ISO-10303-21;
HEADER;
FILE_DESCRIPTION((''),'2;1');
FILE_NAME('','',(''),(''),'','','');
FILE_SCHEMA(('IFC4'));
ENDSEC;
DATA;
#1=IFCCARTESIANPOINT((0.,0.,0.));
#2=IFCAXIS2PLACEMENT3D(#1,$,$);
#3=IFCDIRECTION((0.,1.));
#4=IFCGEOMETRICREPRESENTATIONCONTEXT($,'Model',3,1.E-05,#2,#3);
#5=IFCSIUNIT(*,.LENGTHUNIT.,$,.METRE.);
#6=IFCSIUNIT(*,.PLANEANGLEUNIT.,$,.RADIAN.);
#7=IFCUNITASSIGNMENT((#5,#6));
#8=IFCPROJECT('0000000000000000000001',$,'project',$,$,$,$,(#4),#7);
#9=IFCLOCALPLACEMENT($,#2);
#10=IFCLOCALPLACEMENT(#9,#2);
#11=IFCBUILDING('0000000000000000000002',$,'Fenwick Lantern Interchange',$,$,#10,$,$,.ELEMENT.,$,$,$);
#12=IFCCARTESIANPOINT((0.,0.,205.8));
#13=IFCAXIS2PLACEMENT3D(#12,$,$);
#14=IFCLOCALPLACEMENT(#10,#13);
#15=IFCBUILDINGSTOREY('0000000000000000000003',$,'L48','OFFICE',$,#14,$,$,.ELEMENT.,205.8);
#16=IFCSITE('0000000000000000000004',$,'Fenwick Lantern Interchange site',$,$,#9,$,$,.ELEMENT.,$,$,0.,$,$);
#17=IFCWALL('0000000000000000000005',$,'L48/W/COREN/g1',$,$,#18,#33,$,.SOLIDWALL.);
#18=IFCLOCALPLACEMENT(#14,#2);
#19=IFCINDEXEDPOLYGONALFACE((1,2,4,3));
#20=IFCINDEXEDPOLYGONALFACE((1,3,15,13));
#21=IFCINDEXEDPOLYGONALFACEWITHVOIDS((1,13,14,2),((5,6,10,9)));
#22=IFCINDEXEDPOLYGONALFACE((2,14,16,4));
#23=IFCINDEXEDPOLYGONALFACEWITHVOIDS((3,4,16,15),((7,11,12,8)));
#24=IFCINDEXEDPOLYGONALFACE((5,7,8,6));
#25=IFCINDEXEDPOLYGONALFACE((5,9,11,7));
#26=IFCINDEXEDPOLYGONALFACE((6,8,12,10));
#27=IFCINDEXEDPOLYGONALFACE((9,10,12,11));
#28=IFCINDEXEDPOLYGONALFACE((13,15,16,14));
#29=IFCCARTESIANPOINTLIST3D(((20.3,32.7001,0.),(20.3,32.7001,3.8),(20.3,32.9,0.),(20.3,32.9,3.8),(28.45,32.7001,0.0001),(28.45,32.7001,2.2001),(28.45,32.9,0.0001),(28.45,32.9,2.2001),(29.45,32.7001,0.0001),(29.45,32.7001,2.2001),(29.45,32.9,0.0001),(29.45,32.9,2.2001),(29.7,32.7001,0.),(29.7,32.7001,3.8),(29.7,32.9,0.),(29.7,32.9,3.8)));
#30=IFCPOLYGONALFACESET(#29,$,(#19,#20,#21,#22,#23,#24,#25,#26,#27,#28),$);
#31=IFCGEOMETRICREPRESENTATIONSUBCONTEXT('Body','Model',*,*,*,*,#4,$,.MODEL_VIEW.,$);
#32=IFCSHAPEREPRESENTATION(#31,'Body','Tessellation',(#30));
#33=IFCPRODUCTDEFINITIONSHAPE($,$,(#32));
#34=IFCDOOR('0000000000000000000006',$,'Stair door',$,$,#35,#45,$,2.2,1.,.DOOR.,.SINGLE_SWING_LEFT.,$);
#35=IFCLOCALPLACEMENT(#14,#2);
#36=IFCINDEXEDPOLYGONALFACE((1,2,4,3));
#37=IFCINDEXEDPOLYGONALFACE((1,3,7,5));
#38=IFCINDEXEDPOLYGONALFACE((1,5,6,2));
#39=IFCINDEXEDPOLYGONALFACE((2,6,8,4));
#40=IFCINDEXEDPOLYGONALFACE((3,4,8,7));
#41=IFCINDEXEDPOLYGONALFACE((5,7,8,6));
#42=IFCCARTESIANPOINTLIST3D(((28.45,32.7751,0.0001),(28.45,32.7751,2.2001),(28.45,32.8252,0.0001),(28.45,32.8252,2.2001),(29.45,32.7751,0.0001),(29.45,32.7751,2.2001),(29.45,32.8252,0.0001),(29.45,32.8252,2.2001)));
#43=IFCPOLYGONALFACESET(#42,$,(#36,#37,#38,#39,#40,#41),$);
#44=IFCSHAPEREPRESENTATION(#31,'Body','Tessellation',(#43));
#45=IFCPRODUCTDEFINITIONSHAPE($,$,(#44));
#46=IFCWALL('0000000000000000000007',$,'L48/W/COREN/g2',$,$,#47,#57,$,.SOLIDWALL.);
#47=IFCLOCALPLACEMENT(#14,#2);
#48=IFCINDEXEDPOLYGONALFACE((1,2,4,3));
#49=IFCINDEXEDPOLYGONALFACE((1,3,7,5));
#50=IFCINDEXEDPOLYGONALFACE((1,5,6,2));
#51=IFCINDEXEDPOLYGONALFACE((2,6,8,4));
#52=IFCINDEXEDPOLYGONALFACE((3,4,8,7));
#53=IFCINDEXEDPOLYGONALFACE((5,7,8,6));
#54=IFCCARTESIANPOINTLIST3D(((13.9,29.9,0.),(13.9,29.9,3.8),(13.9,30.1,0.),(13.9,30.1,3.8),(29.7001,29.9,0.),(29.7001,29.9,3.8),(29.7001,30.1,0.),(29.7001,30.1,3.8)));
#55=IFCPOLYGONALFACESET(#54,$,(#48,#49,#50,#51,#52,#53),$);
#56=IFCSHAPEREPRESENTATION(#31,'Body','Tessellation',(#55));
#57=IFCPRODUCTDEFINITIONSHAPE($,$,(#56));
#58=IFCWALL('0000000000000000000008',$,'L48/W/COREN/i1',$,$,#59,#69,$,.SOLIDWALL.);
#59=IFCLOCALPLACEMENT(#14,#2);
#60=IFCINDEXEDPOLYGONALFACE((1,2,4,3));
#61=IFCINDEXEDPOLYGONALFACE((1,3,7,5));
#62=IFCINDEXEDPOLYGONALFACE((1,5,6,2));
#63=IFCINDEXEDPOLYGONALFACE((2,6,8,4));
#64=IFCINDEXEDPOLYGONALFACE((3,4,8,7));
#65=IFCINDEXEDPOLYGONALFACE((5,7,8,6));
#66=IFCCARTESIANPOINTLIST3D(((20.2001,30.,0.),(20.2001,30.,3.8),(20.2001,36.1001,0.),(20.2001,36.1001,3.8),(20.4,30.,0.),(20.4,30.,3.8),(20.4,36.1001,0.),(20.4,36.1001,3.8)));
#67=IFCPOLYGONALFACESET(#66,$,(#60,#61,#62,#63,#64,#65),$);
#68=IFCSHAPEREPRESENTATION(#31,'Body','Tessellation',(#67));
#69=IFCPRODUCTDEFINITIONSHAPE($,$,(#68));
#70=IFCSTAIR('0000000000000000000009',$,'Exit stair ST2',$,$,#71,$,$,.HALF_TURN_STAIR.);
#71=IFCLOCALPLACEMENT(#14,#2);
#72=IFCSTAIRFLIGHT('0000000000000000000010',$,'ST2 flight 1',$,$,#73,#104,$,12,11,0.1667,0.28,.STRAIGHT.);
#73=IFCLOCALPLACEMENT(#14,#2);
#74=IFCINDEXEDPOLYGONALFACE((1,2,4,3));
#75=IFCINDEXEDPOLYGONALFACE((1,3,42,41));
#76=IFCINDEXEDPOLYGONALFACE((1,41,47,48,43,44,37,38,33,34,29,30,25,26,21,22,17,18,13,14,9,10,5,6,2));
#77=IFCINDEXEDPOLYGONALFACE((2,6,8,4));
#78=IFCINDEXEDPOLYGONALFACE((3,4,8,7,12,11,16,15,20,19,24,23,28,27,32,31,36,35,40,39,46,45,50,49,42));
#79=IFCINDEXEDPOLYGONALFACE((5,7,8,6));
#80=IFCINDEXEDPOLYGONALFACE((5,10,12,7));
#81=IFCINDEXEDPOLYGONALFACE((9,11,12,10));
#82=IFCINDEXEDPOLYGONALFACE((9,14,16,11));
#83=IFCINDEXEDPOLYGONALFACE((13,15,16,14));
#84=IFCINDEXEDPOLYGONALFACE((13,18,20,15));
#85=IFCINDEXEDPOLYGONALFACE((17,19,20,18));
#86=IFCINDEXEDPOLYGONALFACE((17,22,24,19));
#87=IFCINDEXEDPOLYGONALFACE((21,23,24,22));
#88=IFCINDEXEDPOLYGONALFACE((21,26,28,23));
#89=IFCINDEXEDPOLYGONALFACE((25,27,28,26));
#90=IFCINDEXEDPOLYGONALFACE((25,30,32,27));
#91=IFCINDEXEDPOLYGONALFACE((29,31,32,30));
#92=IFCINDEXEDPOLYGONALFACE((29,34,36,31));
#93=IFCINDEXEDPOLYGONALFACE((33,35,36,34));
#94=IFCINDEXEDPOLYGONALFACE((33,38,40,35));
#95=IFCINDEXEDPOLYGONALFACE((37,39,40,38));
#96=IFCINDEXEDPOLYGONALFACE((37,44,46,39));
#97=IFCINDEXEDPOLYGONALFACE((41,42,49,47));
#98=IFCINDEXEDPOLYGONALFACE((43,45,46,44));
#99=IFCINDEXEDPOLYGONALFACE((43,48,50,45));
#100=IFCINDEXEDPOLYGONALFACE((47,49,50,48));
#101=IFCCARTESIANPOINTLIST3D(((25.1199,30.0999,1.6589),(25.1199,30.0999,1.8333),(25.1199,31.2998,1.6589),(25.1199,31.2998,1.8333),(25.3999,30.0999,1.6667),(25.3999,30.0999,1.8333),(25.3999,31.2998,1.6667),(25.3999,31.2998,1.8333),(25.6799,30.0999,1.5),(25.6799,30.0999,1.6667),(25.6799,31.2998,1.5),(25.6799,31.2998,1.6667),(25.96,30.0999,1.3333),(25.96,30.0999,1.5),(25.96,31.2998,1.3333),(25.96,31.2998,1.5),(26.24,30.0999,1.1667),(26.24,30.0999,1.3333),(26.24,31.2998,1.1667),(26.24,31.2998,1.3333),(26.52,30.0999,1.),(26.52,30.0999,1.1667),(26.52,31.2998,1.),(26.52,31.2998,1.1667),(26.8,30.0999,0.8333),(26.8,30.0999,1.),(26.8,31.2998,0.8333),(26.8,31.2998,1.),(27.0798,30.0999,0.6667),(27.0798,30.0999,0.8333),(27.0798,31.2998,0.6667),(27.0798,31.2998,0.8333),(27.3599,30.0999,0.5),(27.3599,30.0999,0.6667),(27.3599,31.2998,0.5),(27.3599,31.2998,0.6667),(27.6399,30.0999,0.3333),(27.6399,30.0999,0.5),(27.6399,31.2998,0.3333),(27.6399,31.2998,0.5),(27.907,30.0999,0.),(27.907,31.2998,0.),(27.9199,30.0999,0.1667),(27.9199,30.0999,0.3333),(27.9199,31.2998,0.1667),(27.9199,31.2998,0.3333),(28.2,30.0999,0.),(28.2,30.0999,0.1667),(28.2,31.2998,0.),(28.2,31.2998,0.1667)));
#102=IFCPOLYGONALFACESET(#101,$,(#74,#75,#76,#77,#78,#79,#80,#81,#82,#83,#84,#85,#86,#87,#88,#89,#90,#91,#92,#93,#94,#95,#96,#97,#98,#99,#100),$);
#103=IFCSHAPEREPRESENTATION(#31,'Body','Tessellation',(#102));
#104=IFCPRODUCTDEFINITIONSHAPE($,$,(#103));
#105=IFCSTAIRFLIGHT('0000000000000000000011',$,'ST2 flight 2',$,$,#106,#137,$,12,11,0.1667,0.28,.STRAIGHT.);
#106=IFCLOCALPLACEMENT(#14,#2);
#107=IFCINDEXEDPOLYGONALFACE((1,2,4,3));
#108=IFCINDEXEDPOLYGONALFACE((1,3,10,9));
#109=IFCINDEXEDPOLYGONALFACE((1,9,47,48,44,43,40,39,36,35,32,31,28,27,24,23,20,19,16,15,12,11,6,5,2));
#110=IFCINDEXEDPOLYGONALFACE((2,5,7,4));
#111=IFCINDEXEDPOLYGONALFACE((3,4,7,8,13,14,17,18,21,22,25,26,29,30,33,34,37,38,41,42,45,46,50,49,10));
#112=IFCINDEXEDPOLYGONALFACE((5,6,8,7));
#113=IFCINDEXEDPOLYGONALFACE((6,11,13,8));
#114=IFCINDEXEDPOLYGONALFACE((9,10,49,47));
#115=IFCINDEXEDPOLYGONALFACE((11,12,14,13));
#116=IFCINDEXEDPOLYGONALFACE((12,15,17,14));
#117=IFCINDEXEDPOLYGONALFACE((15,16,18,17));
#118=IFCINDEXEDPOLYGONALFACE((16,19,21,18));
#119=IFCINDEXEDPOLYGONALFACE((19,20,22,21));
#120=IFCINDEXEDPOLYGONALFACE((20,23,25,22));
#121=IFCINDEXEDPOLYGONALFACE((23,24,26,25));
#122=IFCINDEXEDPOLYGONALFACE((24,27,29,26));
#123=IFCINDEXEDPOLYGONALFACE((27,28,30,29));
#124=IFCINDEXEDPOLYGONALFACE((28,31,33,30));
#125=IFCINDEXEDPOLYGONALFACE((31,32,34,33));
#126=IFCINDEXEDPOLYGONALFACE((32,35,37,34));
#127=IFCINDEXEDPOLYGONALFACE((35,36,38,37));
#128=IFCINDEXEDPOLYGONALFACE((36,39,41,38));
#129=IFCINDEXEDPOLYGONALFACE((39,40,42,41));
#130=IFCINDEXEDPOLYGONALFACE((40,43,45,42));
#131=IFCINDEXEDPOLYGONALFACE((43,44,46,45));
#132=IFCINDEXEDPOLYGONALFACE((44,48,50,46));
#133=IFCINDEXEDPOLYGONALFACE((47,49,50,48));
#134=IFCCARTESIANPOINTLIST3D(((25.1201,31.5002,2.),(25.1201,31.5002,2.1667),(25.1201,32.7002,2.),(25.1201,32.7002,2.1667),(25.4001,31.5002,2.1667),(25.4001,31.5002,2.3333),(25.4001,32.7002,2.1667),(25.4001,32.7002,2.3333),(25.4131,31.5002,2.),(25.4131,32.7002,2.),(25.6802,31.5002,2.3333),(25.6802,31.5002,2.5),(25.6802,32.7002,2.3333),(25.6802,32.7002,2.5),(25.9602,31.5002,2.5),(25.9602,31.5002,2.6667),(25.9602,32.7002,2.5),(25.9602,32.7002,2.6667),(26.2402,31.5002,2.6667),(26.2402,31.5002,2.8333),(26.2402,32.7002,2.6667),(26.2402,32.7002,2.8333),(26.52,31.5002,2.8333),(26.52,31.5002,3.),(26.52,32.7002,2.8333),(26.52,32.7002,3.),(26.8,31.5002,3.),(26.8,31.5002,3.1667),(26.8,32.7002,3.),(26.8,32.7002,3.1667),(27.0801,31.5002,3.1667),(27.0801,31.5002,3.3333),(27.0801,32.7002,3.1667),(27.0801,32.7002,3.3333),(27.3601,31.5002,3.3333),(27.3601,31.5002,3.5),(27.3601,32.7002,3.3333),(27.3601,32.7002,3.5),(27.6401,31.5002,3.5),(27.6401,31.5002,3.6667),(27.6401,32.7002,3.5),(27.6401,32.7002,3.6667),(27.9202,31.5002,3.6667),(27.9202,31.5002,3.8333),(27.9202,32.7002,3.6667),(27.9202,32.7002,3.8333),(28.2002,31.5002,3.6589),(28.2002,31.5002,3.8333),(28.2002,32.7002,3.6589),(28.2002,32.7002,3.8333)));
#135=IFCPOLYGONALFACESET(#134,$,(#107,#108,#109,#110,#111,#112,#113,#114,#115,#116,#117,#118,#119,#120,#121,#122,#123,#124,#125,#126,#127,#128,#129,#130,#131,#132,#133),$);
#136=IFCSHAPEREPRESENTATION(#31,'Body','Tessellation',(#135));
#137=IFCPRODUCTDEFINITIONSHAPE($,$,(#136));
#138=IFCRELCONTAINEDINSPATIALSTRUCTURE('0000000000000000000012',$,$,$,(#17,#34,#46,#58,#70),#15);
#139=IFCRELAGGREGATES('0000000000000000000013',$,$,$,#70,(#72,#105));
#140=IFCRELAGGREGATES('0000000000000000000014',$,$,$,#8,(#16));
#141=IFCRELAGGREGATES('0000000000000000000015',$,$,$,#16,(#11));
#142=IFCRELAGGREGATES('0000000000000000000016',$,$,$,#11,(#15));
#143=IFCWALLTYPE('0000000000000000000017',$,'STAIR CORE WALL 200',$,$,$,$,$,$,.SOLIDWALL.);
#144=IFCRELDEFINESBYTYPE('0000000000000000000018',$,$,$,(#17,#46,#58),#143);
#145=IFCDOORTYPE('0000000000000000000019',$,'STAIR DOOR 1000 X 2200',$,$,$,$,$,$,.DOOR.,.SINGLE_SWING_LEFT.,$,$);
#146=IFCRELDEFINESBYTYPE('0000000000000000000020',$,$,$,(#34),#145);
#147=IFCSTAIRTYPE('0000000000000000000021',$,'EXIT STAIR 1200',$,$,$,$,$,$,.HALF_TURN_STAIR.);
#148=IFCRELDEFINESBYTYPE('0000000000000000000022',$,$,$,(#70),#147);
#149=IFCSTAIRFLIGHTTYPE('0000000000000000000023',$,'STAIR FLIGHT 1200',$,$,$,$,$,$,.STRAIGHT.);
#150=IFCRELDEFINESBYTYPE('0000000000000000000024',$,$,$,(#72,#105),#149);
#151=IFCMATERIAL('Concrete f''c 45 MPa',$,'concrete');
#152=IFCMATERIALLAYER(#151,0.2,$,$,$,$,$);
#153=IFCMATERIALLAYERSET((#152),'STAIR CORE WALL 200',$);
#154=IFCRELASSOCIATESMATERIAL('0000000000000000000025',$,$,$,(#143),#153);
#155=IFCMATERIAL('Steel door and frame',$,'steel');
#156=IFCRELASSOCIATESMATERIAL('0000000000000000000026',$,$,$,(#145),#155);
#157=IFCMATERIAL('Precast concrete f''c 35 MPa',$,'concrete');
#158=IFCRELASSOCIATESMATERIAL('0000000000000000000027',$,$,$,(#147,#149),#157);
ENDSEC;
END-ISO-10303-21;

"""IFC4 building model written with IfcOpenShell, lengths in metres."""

from ifc_helpers import new_model, si_unit, direction, frame, frame_2d, origin, place, context, subcontext, project, spatial, polyline, rectangle, outline, extrude, material, layer, layer_set, type_object, element, fill, aggregate, save


model = new_model("IFC4")

# Units and contexts
model_context = context("Model", 3, precision=1e-05, world=origin(), true_north=direction((0.0, 1.0)))
body_context = subcontext(model_context, "Body", "Model", "MODEL_VIEW")
ifc_project = project(units=[si_unit("LENGTHUNIT", "METRE"), si_unit("PLANEANGLEUNIT", "RADIAN")], contexts=[model_context])

# Site, building, storey
site_placement = place(None, origin())
site = spatial("IfcSite", under=ifc_project, at=site_placement, Name="Fenwick Lantern Interchange site", CompositionType="ELEMENT", RefElevation=0.0)
building_placement = place(site_placement, origin())
building = spatial("IfcBuilding", under=site, at=building_placement, Name="Fenwick Lantern Interchange", CompositionType="ELEMENT")
storey_placement = place(building_placement, frame((0.0, 0.0, 205.8)))
storey = spatial("IfcBuildingStorey", under=building, at=storey_placement, Name="L48", Description="OFFICE", CompositionType="ELEMENT", Elevation=205.8)

# Shared definitions
ifc_material_1 = material(Name="Steel door and frame", Category="steel")

# Shared definitions
ifc_material_2 = material(Name="Concrete f'c 45 MPa", Category="concrete")
ifc_layer_1 = layer(ifc_material_2, 0.2)
ifc_layer_set_1 = layer_set([ifc_layer_1], Name="STAIR CORE WALL 200")
wall_type_1 = type_object("IfcWallType", Name="STAIR CORE WALL 200", PredefinedType="SOLIDWALL", material=ifc_layer_set_1)

# Wall, opening, door
wall_1_placement = place(storey_placement, frame((29.7, 32.8, 0.0), z_axis=(0.0, 0.0, 1.0), x_axis=(-1.0, 0.0, 0.0)))
wall_1 = element("IfcWall", 1, at=wall_1_placement, inside=storey, type_object=wall_type_1, Name="L48/W/COREN/g1", PredefinedType="SOLIDWALL", context=body_context, shape_type="SweptSolid", body=[
    extrude(rectangle(XDim=9.3999, YDim=0.2, at=frame_2d((4.7, 0.0))), origin(), (0.0, 0.0, 1.0), 3.8),
])
opening_1_placement = place(wall_1_placement, frame((0.25, 0.0, 0.0)))
opening_1 = element("IfcOpeningElement", 2, at=opening_1_placement, cuts=wall_1, PredefinedType="OPENING", context=body_context, shape_type="SweptSolid", body=[
    extrude(rectangle(XDim=1.0, YDim=2.2, at=frame_2d((0.5, 1.1001))), frame((0.0, 0.1099, 0.0), z_axis=(0.0, -1.0, 0.0), x_axis=(1.0, 0.0, 0.0)), (0.0, 0.0, 1.0), 0.22),
])
door_type_1 = type_object("IfcDoorType", Name="STAIR DOOR 1000 X 2200", OperationType="SINGLE_SWING_LEFT", PredefinedType="DOOR", material=ifc_material_1)
door_1_placement = place(opening_1_placement, origin())
door_1 = element("IfcDoor", 3, at=door_1_placement, inside=storey, type_object=door_type_1, Name="Stair door", OperationType="SINGLE_SWING_LEFT", OverallHeight=2.2, OverallWidth=1.0, PredefinedType="DOOR", context=body_context, shape_type="SweptSolid", body=[
    extrude(rectangle(XDim=1.0, YDim=2.2, at=frame_2d((0.5, 1.1001))), frame((0.0, 0.0249, 0.0), z_axis=(0.0, -1.0, 0.0), x_axis=(1.0, 0.0, 0.0)), (0.0, 0.0, 1.0), 0.05),
])
fill(opening_1, door_1)

# Walls
wall_2_placement = place(storey_placement, frame((29.7, 30.0, 0.0), z_axis=(0.0, 0.0, 1.0), x_axis=(-1.0, 0.0, 0.0)))
element("IfcWall", 4, at=wall_2_placement, inside=storey, type_object=wall_type_1, Name="L48/W/COREN/g2", PredefinedType="SOLIDWALL", context=body_context, shape_type="SweptSolid", body=[
    extrude(rectangle(XDim=15.8, YDim=0.2, at=frame_2d((7.8999, 0.0))), origin(), (0.0, 0.0, 1.0), 3.8),
])
wall_3_placement = place(storey_placement, frame((20.3, 36.1001, 0.0), z_axis=(0.0, 0.0, 1.0), x_axis=(0.0, -1.0, 0.0)))
element("IfcWall", 5, at=wall_3_placement, inside=storey, type_object=wall_type_1, Name="L48/W/COREN/i1", PredefinedType="SOLIDWALL", context=body_context, shape_type="SweptSolid", body=[
    extrude(rectangle(XDim=6.1001, YDim=0.2, at=frame_2d((3.05, 0.0))), origin(), (0.0, 0.0, 1.0), 3.8),
])

# Stair, stair flights
ifc_material_3 = material(Name="Precast concrete f'c 35 MPa", Category="concrete")
stair_type = type_object("IfcStairType", Name="EXIT STAIR 1200", PredefinedType="HALF_TURN_STAIR", material=ifc_material_3)
stair_placement = place(storey_placement, origin())
stair = element("IfcStair", 6, at=stair_placement, inside=storey, type_object=stair_type, Name="Exit stair ST2", PredefinedType="HALF_TURN_STAIR")
stair_flight_type = type_object("IfcStairFlightType", Name="STAIR FLIGHT 1200", PredefinedType="STRAIGHT", material=ifc_material_3)
stair_flight_1_placement = place(storey_placement, frame((28.2, 30.7, 0.0), z_axis=(0.0, 0.0, 1.0), x_axis=(-1.0, 0.0, 0.0)))
stair_flight_1 = element("IfcStairFlight", 7, at=stair_flight_1_placement, type_object=stair_flight_type, Name="ST2 flight 1", NumberOfRisers=12, NumberOfTreads=11, PredefinedType="STRAIGHT", RiserHeight=0.1667, TreadLength=0.28, context=body_context, shape_type="SweptSolid", body=[
    extrude(outline(polyline([(0.0, 0.0), (0.0, 0.1667), (0.28, 0.1667), (0.28, 0.3333), (0.5601, 0.3333), (0.5601, 0.5), (0.8401, 0.5), (0.8401, 0.6667), (1.1201, 0.6667), (1.1201, 0.8333), (1.3999, 0.8333), (1.3999, 1.0), (1.6799, 1.0), (1.6799, 1.1667), (1.96, 1.1667), (1.96, 1.3333), (2.24, 1.3333), (2.24, 1.5), (2.52, 1.5), (2.52, 1.6667), (2.8, 1.6667), (2.8, 1.8333), (3.0801, 1.8333), (3.0801, 2.0), (3.0801, 1.6589), (0.293, 0.0), (0.0, 0.0)])), frame((0.0, 0.6001, 0.0), z_axis=(0.0, -1.0, 0.0), x_axis=(1.0, 0.0, 0.0)), (0.0, 0.0, 1.0), 1.2),
])
stair_flight_2_placement = place(storey_placement, frame((25.1201, 32.1001, 2.0), z_axis=(0.0, 0.0, 1.0), x_axis=(1.0, 0.0, 0.0)))
stair_flight_2 = element("IfcStairFlight", 8, at=stair_flight_2_placement, type_object=stair_flight_type, Name="ST2 flight 2", NumberOfRisers=12, NumberOfTreads=11, PredefinedType="STRAIGHT", RiserHeight=0.1667, TreadLength=0.28, context=body_context, shape_type="SweptSolid", body=[
    extrude(outline(polyline([(0.0, 0.0), (0.0, 0.1667), (0.28, 0.1667), (0.28, 0.3333), (0.5601, 0.3333), (0.5601, 0.5), (0.8401, 0.5), (0.8401, 0.6667), (1.1201, 0.6667), (1.1201, 0.8333), (1.3999, 0.8333), (1.3999, 1.0), (1.6799, 1.0), (1.6799, 1.1667), (1.96, 1.1667), (1.96, 1.3333), (2.24, 1.3333), (2.24, 1.5), (2.52, 1.5), (2.52, 1.6667), (2.8, 1.6667), (2.8, 1.8333), (3.0801, 1.8333), (3.0801, 2.0), (3.0801, 1.6589), (0.293, 0.0), (0.0, 0.0)])), frame((0.0, 0.6001, 0.0), z_axis=(0.0, -1.0, 0.0), x_axis=(1.0, 0.0, 0.0)), (0.0, 0.0, 1.0), 1.2),
])
aggregate(stair, [stair_flight_1, stair_flight_2])

save(model, "model.ifc")
